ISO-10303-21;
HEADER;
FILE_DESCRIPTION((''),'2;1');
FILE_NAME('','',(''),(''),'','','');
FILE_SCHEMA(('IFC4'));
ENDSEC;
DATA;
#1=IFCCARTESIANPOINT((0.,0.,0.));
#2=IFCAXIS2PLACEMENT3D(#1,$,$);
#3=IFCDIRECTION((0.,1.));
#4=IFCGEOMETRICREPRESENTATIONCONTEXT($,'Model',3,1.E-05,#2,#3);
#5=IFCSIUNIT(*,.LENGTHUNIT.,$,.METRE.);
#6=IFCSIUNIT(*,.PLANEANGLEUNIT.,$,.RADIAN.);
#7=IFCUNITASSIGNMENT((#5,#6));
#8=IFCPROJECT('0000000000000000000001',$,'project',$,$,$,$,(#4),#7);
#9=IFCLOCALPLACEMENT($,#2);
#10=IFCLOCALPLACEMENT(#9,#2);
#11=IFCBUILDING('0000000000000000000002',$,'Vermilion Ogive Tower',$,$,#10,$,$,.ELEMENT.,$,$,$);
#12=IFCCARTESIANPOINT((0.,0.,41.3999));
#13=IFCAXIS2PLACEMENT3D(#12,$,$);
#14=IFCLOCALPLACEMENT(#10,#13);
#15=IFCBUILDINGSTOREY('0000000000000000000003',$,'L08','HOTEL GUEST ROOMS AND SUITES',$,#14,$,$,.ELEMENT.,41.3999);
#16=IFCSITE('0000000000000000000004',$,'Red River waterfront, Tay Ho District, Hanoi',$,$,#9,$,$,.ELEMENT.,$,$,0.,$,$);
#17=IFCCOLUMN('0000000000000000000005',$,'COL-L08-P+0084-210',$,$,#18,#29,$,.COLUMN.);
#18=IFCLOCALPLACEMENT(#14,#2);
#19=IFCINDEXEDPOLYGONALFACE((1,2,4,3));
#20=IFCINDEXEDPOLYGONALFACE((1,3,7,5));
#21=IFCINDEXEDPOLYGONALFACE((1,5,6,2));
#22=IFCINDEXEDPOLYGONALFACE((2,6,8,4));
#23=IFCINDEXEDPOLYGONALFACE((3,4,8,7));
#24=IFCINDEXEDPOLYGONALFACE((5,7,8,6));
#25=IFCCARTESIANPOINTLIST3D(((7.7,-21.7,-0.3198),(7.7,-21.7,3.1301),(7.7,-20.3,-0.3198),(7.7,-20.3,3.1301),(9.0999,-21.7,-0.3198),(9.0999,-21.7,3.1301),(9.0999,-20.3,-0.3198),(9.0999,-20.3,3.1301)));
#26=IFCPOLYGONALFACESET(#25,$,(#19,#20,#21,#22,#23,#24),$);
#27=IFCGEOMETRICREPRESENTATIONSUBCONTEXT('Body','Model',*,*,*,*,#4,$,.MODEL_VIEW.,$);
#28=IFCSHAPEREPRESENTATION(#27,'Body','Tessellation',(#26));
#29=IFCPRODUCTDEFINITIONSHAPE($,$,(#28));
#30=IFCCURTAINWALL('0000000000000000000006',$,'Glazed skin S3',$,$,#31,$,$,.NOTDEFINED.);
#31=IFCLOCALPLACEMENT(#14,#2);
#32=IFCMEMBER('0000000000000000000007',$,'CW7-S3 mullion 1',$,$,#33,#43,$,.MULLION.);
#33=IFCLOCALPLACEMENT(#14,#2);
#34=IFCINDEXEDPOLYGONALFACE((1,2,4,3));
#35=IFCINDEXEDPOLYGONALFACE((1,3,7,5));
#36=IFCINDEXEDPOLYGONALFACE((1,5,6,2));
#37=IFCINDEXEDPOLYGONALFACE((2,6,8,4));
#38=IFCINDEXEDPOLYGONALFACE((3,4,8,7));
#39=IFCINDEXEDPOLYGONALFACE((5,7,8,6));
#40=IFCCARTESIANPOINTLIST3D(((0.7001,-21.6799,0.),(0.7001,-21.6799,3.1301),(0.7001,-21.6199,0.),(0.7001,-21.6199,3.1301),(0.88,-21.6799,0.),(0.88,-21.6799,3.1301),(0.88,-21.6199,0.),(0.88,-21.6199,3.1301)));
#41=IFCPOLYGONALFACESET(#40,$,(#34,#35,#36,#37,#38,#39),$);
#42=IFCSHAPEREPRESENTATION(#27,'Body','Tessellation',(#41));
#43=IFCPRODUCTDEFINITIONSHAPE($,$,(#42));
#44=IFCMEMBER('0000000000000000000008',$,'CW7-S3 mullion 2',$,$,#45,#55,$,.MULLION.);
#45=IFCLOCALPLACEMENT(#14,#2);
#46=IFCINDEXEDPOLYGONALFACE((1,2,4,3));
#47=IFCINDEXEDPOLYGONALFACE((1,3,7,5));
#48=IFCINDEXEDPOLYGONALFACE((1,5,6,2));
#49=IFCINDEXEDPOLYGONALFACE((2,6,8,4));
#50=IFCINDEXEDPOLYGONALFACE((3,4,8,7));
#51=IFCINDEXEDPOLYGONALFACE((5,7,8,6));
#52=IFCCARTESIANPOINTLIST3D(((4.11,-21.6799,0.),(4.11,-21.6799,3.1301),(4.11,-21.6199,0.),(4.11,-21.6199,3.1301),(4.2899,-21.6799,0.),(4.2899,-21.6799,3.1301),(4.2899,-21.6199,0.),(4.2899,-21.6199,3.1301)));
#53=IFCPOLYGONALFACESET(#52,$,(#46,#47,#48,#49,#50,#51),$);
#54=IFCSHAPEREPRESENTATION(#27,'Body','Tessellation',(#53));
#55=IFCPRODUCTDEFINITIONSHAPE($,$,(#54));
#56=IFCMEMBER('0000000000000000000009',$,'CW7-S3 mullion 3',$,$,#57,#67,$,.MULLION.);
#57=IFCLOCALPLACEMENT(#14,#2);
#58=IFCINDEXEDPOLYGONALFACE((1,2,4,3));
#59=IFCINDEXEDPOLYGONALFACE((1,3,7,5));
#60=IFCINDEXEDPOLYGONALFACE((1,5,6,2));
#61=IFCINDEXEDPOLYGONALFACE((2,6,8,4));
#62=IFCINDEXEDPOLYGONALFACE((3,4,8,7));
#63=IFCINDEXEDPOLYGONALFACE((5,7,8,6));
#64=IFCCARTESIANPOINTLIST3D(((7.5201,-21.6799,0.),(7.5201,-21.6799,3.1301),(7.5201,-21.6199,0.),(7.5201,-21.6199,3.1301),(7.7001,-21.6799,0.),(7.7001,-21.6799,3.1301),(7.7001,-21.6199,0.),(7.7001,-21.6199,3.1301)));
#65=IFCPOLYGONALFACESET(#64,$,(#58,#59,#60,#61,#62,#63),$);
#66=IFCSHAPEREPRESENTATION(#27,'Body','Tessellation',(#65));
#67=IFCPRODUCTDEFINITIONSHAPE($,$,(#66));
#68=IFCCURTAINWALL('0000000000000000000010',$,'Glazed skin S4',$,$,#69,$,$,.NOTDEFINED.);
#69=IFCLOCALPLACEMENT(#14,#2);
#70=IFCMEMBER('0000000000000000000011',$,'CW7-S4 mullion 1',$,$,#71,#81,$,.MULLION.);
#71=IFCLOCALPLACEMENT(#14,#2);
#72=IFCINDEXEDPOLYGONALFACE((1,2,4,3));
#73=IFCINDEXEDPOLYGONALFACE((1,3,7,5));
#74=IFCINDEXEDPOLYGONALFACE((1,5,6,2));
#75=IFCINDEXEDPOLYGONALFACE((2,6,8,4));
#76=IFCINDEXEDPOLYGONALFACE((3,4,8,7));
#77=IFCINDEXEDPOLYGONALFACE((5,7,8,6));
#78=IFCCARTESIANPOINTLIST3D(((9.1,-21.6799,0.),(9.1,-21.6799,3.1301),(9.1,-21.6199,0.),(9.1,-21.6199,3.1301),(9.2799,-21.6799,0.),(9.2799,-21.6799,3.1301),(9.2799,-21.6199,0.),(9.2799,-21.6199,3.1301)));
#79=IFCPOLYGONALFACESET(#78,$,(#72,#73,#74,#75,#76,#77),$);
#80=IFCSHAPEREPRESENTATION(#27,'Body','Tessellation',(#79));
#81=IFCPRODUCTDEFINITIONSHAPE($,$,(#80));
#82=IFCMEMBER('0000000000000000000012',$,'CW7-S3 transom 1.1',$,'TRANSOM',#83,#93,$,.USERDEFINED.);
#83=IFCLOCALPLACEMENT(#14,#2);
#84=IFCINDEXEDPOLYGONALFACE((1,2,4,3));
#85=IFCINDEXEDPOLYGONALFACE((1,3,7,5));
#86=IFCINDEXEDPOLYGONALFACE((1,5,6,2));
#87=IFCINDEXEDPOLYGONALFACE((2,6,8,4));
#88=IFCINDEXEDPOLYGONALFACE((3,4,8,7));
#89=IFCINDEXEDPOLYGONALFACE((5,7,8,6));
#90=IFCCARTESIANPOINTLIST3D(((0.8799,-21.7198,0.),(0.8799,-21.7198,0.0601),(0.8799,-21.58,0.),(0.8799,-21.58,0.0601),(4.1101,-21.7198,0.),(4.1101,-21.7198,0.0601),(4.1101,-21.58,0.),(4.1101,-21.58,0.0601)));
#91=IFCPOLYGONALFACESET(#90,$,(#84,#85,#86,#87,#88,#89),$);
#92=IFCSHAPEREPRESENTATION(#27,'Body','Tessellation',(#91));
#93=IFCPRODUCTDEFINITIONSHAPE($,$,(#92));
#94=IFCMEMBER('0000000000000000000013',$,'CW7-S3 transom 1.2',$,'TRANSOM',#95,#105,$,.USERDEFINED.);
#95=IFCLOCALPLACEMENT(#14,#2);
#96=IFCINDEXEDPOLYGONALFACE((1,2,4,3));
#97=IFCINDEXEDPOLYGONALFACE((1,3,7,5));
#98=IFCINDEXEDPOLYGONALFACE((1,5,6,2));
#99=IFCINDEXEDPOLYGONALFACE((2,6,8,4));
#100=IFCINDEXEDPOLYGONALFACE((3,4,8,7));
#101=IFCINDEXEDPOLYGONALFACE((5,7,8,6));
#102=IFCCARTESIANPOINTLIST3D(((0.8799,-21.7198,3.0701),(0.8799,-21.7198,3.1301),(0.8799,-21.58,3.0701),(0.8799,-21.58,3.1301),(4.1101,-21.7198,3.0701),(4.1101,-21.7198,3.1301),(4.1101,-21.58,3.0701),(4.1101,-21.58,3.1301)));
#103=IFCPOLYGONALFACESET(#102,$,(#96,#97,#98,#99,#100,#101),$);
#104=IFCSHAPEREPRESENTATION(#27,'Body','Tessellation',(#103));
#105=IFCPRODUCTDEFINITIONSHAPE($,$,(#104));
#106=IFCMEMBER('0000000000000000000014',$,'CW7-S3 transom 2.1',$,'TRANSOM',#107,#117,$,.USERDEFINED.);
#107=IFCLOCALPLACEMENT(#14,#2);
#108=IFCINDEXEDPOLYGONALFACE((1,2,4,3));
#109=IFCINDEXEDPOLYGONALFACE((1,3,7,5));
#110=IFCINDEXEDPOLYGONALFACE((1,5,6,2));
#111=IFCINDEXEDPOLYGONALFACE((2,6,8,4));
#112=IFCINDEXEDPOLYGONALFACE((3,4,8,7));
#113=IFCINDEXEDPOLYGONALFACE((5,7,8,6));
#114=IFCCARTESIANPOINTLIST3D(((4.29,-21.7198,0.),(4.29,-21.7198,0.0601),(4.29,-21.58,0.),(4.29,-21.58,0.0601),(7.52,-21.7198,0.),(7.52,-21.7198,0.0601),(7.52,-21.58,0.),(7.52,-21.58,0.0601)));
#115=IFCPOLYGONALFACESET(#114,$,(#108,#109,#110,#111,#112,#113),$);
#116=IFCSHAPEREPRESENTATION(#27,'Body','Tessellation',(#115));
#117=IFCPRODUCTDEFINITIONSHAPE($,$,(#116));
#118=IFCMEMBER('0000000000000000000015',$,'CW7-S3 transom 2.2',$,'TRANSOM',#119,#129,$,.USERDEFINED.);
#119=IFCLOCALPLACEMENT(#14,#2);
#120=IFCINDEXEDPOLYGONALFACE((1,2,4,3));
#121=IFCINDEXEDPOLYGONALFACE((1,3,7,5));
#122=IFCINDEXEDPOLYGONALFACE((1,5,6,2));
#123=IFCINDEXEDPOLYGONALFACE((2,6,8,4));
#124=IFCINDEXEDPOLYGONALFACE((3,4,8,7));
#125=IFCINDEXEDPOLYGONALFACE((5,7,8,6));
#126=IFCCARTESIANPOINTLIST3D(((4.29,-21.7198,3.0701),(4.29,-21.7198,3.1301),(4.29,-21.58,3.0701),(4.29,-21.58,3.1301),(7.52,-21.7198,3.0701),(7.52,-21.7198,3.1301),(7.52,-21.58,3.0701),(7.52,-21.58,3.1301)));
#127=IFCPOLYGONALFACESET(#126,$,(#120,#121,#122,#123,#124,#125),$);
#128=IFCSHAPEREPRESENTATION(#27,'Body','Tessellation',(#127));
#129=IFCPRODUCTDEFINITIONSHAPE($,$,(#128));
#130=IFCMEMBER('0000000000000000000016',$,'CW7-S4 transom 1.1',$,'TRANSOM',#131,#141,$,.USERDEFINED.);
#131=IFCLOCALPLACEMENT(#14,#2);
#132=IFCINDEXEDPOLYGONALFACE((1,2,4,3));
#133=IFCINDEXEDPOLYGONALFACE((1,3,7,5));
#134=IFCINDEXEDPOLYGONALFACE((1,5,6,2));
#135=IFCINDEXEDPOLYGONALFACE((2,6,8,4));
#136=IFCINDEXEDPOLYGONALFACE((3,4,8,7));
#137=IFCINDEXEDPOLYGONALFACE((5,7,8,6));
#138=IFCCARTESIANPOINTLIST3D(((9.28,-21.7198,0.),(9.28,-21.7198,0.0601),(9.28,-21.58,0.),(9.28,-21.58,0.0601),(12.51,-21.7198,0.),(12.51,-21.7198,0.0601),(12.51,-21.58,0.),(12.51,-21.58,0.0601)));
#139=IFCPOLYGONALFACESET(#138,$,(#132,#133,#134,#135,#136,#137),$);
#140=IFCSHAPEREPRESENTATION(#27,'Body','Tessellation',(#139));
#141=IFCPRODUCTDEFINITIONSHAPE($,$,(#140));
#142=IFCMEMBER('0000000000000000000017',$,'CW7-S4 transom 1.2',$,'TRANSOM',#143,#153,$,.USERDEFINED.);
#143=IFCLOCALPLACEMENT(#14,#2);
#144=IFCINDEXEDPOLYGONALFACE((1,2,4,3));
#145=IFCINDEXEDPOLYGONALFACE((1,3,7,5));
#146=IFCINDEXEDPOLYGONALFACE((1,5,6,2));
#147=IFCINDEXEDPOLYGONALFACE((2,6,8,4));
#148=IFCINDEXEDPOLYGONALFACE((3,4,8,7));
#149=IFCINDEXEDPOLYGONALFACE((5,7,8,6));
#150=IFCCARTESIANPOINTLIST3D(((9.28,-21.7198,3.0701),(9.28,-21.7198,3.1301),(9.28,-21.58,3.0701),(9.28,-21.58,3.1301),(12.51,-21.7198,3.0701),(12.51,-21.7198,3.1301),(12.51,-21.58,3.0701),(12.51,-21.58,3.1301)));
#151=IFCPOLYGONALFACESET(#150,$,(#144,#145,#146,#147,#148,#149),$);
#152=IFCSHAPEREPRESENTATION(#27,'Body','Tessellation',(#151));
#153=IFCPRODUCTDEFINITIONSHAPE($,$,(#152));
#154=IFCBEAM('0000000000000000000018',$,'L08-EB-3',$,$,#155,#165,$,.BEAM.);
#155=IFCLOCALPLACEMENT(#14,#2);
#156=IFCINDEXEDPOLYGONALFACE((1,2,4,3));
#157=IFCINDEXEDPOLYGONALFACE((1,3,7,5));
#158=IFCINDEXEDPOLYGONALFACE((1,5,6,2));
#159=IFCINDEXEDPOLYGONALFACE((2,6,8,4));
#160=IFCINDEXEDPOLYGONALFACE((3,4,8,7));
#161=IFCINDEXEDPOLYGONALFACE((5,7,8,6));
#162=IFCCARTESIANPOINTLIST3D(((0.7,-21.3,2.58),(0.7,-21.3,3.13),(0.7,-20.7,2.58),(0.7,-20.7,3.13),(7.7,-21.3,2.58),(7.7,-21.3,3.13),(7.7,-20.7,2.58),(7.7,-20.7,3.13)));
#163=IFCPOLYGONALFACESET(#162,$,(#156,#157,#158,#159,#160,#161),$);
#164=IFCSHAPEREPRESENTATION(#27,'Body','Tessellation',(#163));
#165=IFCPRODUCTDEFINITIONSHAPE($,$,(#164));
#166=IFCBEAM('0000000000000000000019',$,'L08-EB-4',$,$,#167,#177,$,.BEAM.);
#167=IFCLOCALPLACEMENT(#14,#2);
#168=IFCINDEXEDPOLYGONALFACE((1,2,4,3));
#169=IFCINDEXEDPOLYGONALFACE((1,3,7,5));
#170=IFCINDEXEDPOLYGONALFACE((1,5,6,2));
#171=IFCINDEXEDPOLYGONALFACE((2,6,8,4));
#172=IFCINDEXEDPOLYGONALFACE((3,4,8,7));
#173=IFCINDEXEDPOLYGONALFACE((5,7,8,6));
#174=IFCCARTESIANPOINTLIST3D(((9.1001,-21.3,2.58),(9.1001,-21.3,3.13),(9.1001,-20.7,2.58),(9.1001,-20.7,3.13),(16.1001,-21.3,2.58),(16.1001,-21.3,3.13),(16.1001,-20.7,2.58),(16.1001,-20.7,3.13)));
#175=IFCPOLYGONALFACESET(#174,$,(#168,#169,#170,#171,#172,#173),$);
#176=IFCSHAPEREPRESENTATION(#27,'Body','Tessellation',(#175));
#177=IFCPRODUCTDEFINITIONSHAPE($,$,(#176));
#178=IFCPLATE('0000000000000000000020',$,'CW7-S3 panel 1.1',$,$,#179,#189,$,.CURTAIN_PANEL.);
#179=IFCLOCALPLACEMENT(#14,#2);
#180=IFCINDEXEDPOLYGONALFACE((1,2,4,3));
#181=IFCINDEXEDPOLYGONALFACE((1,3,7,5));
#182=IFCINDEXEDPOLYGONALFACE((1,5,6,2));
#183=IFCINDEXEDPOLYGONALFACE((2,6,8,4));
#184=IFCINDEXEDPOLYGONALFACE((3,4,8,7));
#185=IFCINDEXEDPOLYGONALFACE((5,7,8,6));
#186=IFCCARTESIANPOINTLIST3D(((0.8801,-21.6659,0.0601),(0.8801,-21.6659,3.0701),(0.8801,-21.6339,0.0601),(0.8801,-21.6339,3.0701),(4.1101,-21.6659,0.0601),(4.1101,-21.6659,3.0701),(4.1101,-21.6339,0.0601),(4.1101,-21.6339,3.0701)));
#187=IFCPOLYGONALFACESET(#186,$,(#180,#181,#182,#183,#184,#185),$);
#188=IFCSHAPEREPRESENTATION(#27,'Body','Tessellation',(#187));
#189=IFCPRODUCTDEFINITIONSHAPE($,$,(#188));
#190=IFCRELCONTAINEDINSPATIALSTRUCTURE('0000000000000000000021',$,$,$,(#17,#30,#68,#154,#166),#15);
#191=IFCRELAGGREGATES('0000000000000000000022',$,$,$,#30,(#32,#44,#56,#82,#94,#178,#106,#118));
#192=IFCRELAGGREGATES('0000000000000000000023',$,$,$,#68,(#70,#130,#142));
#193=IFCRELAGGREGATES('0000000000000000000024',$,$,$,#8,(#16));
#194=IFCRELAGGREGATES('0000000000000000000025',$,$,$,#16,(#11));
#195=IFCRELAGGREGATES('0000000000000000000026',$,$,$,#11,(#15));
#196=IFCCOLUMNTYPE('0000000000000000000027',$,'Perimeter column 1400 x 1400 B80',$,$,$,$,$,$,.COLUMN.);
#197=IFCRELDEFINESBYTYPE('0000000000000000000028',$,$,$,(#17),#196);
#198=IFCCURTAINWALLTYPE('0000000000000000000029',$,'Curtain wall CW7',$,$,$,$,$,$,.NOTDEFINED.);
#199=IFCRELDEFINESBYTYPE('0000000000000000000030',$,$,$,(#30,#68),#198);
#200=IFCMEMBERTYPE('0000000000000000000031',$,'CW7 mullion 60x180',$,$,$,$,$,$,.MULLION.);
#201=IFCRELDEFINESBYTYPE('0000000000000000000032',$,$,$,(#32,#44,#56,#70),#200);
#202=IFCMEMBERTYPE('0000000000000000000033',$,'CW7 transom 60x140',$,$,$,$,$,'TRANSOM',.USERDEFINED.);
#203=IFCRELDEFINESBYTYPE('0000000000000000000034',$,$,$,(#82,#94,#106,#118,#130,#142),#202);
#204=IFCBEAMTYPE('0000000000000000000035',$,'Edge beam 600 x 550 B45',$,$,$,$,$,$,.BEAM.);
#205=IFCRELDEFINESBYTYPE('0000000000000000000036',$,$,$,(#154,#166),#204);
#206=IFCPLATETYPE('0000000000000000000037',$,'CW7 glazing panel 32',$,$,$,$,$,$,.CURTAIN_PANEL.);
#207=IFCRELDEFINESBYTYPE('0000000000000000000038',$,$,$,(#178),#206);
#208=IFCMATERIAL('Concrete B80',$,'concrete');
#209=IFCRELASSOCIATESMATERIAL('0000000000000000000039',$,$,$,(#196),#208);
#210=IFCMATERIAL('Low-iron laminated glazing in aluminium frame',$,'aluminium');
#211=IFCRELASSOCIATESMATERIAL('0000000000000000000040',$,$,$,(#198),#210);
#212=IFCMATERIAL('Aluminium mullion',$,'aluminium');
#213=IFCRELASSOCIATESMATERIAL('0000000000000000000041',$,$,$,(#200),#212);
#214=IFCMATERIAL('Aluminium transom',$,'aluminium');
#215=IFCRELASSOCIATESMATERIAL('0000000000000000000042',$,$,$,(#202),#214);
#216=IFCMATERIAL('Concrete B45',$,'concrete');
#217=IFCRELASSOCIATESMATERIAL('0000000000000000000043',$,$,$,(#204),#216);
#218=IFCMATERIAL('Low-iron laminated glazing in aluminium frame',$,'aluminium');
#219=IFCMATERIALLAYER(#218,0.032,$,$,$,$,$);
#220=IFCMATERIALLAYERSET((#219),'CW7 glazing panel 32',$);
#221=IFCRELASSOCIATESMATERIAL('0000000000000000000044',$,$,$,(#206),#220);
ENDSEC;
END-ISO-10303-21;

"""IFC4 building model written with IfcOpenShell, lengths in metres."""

from ifc_helpers import new_model, si_unit, direction, frame, origin, origin_2d, place, context, subcontext, project, spatial, rectangle, extrude, material, layer, layer_set, material_profile, profile_set, type_object, element, aggregate, save


model = new_model("IFC4")

# Units and contexts
model_context = context("Model", 3, precision=1e-05, world=origin(), true_north=direction((0.0, 1.0)))
body_context = subcontext(model_context, "Body", "Model", "MODEL_VIEW")
ifc_project = project(units=[si_unit("LENGTHUNIT", "METRE"), si_unit("PLANEANGLEUNIT", "RADIAN")], contexts=[model_context])

# Site, building, storey
site_placement = place(None, origin())
site = spatial("IfcSite", under=ifc_project, at=site_placement, Name="Red River waterfront, Tay Ho District, Hanoi", CompositionType="ELEMENT", RefElevation=0.0)
building_placement = place(site_placement, origin())
building = spatial("IfcBuilding", under=site, at=building_placement, Name="Vermilion Ogive Tower", CompositionType="ELEMENT")
storey_placement = place(building_placement, frame((0.0, 0.0, 41.3999)))
storey = spatial("IfcBuildingStorey", under=building, at=storey_placement, Name="L08", Description="HOTEL GUEST ROOMS AND SUITES", CompositionType="ELEMENT", Elevation=41.3999)

# Column
ifc_material_1 = material(Name="Concrete B80", Category="concrete")
ifc_material_profile_1 = material_profile(ifc_material_1, rectangle(XDim=1.3999, YDim=1.3999, at=origin_2d()), Name="1400 x 1400")
ifc_profile_set_1 = profile_set([ifc_material_profile_1], Name="Concrete B80")
column_type = type_object("IfcColumnType", Name="Perimeter column 1400 x 1400 B80", PredefinedType="COLUMN", material=ifc_profile_set_1)
column_placement = place(storey_placement, frame((8.3999, -21.0, -0.3198), z_axis=(0.0, 0.0, 1.0), x_axis=(1.0, 0.0, 0.0)))
element("IfcColumn", 1, at=column_placement, inside=storey, type_object=column_type, Name="COL-L08-P+0084-210", PredefinedType="COLUMN", context=body_context, shape_type="SweptSolid", body=[
    extrude(rectangle(XDim=1.3999, YDim=1.3999, at=origin_2d()), origin(), (0.0, 0.0, 1.0), 3.45),
])

# Curtain wall, members
ifc_material_2 = material(Name="Low-iron laminated glazing in aluminium frame", Category="aluminium")
curtain_wall_type = type_object("IfcCurtainWallType", Name="Curtain wall CW7", PredefinedType="NOTDEFINED", material=ifc_material_2)
curtain_wall_1_placement = place(storey_placement, origin())
curtain_wall_1 = element("IfcCurtainWall", 2, at=curtain_wall_1_placement, inside=storey, type_object=curtain_wall_type, Name="Glazed skin S3", PredefinedType="NOTDEFINED")
ifc_material_3 = material(Name="Aluminium mullion", Category="aluminium")
ifc_material_profile_2 = material_profile(ifc_material_3, rectangle(XDim=0.0601, YDim=0.1799, at=origin_2d()), Name="AL 60x180")
ifc_profile_set_2 = profile_set([ifc_material_profile_2], Name="Aluminium mullion")
member_type_1 = type_object("IfcMemberType", Name="CW7 mullion 60x180", PredefinedType="MULLION", material=ifc_profile_set_2)
member_1_placement = place(storey_placement, frame((0.79, -21.6499, 0.0), z_axis=(0.0, 0.0, 1.0), x_axis=(0.0, 1.0, 0.0)))
member_1 = element("IfcMember", 3, at=member_1_placement, type_object=member_type_1, Name="CW7-S3 mullion 1", PredefinedType="MULLION", context=body_context, shape_type="SweptSolid", body=[
    extrude(rectangle(XDim=0.0601, YDim=0.1799, at=origin_2d()), origin(), (0.0, 0.0, 1.0), 3.1301),
])
member_2_placement = place(storey_placement, frame((4.2, -21.6499, 0.0), z_axis=(0.0, 0.0, 1.0), x_axis=(0.0, 1.0, 0.0)))
member_2 = element("IfcMember", 4, at=member_2_placement, type_object=member_type_1, Name="CW7-S3 mullion 2", PredefinedType="MULLION", context=body_context, shape_type="SweptSolid", body=[
    extrude(rectangle(XDim=0.0601, YDim=0.1799, at=origin_2d()), origin(), (0.0, 0.0, 1.0), 3.1301),
])
member_3_placement = place(storey_placement, frame((7.6101, -21.6499, 0.0), z_axis=(0.0, 0.0, 1.0), x_axis=(0.0, 1.0, 0.0)))
member_3 = element("IfcMember", 5, at=member_3_placement, type_object=member_type_1, Name="CW7-S3 mullion 3", PredefinedType="MULLION", context=body_context, shape_type="SweptSolid", body=[
    extrude(rectangle(XDim=0.0601, YDim=0.1799, at=origin_2d()), origin(), (0.0, 0.0, 1.0), 3.1301),
])

# Curtain wall, member
curtain_wall_2_placement = place(storey_placement, origin())
curtain_wall_2 = element("IfcCurtainWall", 6, at=curtain_wall_2_placement, inside=storey, type_object=curtain_wall_type, Name="Glazed skin S4", PredefinedType="NOTDEFINED")
member_4_placement = place(storey_placement, frame((9.1899, -21.6499, 0.0), z_axis=(0.0, 0.0, 1.0), x_axis=(0.0, 1.0, 0.0)))
member_4 = element("IfcMember", 7, at=member_4_placement, type_object=member_type_1, Name="CW7-S4 mullion 1", PredefinedType="MULLION", context=body_context, shape_type="SweptSolid", body=[
    extrude(rectangle(XDim=0.0601, YDim=0.1799, at=origin_2d()), origin(), (0.0, 0.0, 1.0), 3.1301),
])

# Members
ifc_material_4 = material(Name="Aluminium transom", Category="aluminium")
ifc_material_profile_3 = material_profile(ifc_material_4, rectangle(XDim=0.1399, YDim=0.0601, at=origin_2d()), Name="AL 60x140")
ifc_profile_set_3 = profile_set([ifc_material_profile_3], Name="Aluminium transom")
member_type_2 = type_object("IfcMemberType", Name="CW7 transom 60x140", ElementType="TRANSOM", PredefinedType="USERDEFINED", material=ifc_profile_set_3)
member_5_placement = place(storey_placement, frame((0.8799, -21.6499, 0.03), z_axis=(1.0, 0.0, 0.0), x_axis=(0.0, 1.0, 0.0)))
member_5 = element("IfcMember", 8, at=member_5_placement, type_object=member_type_2, Name="CW7-S3 transom 1.1", ObjectType="TRANSOM", PredefinedType="USERDEFINED", context=body_context, shape_type="SweptSolid", body=[
    extrude(rectangle(XDim=0.1399, YDim=0.0601, at=origin_2d()), origin(), (0.0, 0.0, 1.0), 3.2302),
])
member_6_placement = place(storey_placement, frame((0.8799, -21.6499, 3.1001), z_axis=(1.0, 0.0, 0.0), x_axis=(0.0, 1.0, 0.0)))
member_6 = element("IfcMember", 9, at=member_6_placement, type_object=member_type_2, Name="CW7-S3 transom 1.2", ObjectType="TRANSOM", PredefinedType="USERDEFINED", context=body_context, shape_type="SweptSolid", body=[
    extrude(rectangle(XDim=0.1399, YDim=0.0601, at=origin_2d()), origin(), (0.0, 0.0, 1.0), 3.2302),
])
member_7_placement = place(storey_placement, frame((4.29, -21.6499, 0.03), z_axis=(1.0, 0.0, 0.0), x_axis=(0.0, 1.0, 0.0)))
member_7 = element("IfcMember", 10, at=member_7_placement, type_object=member_type_2, Name="CW7-S3 transom 2.1", ObjectType="TRANSOM", PredefinedType="USERDEFINED", context=body_context, shape_type="SweptSolid", body=[
    extrude(rectangle(XDim=0.1399, YDim=0.0601, at=origin_2d()), origin(), (0.0, 0.0, 1.0), 3.23),
])
member_8_placement = place(storey_placement, frame((4.29, -21.6499, 3.1001), z_axis=(1.0, 0.0, 0.0), x_axis=(0.0, 1.0, 0.0)))
member_8 = element("IfcMember", 11, at=member_8_placement, type_object=member_type_2, Name="CW7-S3 transom 2.2", ObjectType="TRANSOM", PredefinedType="USERDEFINED", context=body_context, shape_type="SweptSolid", body=[
    extrude(rectangle(XDim=0.1399, YDim=0.0601, at=origin_2d()), origin(), (0.0, 0.0, 1.0), 3.23),
])
member_9_placement = place(storey_placement, frame((9.28, -21.6499, 0.03), z_axis=(1.0, 0.0, 0.0), x_axis=(0.0, 1.0, 0.0)))
member_9 = element("IfcMember", 12, at=member_9_placement, type_object=member_type_2, Name="CW7-S4 transom 1.1", ObjectType="TRANSOM", PredefinedType="USERDEFINED", context=body_context, shape_type="SweptSolid", body=[
    extrude(rectangle(XDim=0.1399, YDim=0.0601, at=origin_2d()), origin(), (0.0, 0.0, 1.0), 3.23),
])
member_10_placement = place(storey_placement, frame((9.28, -21.6499, 3.1001), z_axis=(1.0, 0.0, 0.0), x_axis=(0.0, 1.0, 0.0)))
member_10 = element("IfcMember", 13, at=member_10_placement, type_object=member_type_2, Name="CW7-S4 transom 1.2", ObjectType="TRANSOM", PredefinedType="USERDEFINED", context=body_context, shape_type="SweptSolid", body=[
    extrude(rectangle(XDim=0.1399, YDim=0.0601, at=origin_2d()), origin(), (0.0, 0.0, 1.0), 3.23),
])

# Beams
ifc_material_5 = material(Name="Concrete B45", Category="concrete")
ifc_material_profile_4 = material_profile(ifc_material_5, rectangle(XDim=0.6001, YDim=0.55, at=origin_2d()), Name="600 x 550")
ifc_profile_set_4 = profile_set([ifc_material_profile_4], Name="Concrete B45")
beam_type = type_object("IfcBeamType", Name="Edge beam 600 x 550 B45", PredefinedType="BEAM", material=ifc_profile_set_4)
for number, where, z_axis, x_axis, name in (
    (14, (0.7, -21.0, 2.855), (1.0, 0.0, 0.0), (0.0, 1.0, 0.0), "L08-EB-3"),
    (15, (9.1001, -21.0, 2.855), (1.0, 0.0, 0.0), (0.0, 1.0, 0.0), "L08-EB-4"),
):
    element("IfcBeam", number, at=place(storey_placement, frame(where, z_axis=z_axis, x_axis=x_axis)), inside=storey, type_object=beam_type, Name=name, PredefinedType="BEAM", context=body_context, shape_type="SweptSolid", body=[
        extrude(rectangle(XDim=0.6001, YDim=0.55, at=origin_2d()), origin(), (0.0, 0.0, 1.0), 7.0),
    ])

# Plate
ifc_material_6 = material(Name="Low-iron laminated glazing in aluminium frame", Category="aluminium")
ifc_layer_1 = layer(ifc_material_6, 0.032)
ifc_layer_set_1 = layer_set([ifc_layer_1], Name="CW7 glazing panel 32")
plate_type = type_object("IfcPlateType", Name="CW7 glazing panel 32", PredefinedType="CURTAIN_PANEL", material=ifc_layer_set_1)
plate_1_placement = place(storey_placement, frame((2.4951, -21.6499, 0.0601), z_axis=(0.0, 0.0, 1.0), x_axis=(1.0, 0.0, 0.0)))
plate_1 = element("IfcPlate", 16, at=plate_1_placement, type_object=plate_type, Name="CW7-S3 panel 1.1", PredefinedType="CURTAIN_PANEL", context=body_context, shape_type="SweptSolid", body=[
    extrude(rectangle(XDim=3.23, YDim=0.032, at=origin_2d()), origin(), (0.0, 0.0, 1.0), 3.01),
])
aggregate(curtain_wall_1, [member_1, member_2, member_3, member_5, member_6, plate_1, member_7, member_8])
aggregate(curtain_wall_2, [member_4, member_9, member_10])

save(model, "model.ifc")
